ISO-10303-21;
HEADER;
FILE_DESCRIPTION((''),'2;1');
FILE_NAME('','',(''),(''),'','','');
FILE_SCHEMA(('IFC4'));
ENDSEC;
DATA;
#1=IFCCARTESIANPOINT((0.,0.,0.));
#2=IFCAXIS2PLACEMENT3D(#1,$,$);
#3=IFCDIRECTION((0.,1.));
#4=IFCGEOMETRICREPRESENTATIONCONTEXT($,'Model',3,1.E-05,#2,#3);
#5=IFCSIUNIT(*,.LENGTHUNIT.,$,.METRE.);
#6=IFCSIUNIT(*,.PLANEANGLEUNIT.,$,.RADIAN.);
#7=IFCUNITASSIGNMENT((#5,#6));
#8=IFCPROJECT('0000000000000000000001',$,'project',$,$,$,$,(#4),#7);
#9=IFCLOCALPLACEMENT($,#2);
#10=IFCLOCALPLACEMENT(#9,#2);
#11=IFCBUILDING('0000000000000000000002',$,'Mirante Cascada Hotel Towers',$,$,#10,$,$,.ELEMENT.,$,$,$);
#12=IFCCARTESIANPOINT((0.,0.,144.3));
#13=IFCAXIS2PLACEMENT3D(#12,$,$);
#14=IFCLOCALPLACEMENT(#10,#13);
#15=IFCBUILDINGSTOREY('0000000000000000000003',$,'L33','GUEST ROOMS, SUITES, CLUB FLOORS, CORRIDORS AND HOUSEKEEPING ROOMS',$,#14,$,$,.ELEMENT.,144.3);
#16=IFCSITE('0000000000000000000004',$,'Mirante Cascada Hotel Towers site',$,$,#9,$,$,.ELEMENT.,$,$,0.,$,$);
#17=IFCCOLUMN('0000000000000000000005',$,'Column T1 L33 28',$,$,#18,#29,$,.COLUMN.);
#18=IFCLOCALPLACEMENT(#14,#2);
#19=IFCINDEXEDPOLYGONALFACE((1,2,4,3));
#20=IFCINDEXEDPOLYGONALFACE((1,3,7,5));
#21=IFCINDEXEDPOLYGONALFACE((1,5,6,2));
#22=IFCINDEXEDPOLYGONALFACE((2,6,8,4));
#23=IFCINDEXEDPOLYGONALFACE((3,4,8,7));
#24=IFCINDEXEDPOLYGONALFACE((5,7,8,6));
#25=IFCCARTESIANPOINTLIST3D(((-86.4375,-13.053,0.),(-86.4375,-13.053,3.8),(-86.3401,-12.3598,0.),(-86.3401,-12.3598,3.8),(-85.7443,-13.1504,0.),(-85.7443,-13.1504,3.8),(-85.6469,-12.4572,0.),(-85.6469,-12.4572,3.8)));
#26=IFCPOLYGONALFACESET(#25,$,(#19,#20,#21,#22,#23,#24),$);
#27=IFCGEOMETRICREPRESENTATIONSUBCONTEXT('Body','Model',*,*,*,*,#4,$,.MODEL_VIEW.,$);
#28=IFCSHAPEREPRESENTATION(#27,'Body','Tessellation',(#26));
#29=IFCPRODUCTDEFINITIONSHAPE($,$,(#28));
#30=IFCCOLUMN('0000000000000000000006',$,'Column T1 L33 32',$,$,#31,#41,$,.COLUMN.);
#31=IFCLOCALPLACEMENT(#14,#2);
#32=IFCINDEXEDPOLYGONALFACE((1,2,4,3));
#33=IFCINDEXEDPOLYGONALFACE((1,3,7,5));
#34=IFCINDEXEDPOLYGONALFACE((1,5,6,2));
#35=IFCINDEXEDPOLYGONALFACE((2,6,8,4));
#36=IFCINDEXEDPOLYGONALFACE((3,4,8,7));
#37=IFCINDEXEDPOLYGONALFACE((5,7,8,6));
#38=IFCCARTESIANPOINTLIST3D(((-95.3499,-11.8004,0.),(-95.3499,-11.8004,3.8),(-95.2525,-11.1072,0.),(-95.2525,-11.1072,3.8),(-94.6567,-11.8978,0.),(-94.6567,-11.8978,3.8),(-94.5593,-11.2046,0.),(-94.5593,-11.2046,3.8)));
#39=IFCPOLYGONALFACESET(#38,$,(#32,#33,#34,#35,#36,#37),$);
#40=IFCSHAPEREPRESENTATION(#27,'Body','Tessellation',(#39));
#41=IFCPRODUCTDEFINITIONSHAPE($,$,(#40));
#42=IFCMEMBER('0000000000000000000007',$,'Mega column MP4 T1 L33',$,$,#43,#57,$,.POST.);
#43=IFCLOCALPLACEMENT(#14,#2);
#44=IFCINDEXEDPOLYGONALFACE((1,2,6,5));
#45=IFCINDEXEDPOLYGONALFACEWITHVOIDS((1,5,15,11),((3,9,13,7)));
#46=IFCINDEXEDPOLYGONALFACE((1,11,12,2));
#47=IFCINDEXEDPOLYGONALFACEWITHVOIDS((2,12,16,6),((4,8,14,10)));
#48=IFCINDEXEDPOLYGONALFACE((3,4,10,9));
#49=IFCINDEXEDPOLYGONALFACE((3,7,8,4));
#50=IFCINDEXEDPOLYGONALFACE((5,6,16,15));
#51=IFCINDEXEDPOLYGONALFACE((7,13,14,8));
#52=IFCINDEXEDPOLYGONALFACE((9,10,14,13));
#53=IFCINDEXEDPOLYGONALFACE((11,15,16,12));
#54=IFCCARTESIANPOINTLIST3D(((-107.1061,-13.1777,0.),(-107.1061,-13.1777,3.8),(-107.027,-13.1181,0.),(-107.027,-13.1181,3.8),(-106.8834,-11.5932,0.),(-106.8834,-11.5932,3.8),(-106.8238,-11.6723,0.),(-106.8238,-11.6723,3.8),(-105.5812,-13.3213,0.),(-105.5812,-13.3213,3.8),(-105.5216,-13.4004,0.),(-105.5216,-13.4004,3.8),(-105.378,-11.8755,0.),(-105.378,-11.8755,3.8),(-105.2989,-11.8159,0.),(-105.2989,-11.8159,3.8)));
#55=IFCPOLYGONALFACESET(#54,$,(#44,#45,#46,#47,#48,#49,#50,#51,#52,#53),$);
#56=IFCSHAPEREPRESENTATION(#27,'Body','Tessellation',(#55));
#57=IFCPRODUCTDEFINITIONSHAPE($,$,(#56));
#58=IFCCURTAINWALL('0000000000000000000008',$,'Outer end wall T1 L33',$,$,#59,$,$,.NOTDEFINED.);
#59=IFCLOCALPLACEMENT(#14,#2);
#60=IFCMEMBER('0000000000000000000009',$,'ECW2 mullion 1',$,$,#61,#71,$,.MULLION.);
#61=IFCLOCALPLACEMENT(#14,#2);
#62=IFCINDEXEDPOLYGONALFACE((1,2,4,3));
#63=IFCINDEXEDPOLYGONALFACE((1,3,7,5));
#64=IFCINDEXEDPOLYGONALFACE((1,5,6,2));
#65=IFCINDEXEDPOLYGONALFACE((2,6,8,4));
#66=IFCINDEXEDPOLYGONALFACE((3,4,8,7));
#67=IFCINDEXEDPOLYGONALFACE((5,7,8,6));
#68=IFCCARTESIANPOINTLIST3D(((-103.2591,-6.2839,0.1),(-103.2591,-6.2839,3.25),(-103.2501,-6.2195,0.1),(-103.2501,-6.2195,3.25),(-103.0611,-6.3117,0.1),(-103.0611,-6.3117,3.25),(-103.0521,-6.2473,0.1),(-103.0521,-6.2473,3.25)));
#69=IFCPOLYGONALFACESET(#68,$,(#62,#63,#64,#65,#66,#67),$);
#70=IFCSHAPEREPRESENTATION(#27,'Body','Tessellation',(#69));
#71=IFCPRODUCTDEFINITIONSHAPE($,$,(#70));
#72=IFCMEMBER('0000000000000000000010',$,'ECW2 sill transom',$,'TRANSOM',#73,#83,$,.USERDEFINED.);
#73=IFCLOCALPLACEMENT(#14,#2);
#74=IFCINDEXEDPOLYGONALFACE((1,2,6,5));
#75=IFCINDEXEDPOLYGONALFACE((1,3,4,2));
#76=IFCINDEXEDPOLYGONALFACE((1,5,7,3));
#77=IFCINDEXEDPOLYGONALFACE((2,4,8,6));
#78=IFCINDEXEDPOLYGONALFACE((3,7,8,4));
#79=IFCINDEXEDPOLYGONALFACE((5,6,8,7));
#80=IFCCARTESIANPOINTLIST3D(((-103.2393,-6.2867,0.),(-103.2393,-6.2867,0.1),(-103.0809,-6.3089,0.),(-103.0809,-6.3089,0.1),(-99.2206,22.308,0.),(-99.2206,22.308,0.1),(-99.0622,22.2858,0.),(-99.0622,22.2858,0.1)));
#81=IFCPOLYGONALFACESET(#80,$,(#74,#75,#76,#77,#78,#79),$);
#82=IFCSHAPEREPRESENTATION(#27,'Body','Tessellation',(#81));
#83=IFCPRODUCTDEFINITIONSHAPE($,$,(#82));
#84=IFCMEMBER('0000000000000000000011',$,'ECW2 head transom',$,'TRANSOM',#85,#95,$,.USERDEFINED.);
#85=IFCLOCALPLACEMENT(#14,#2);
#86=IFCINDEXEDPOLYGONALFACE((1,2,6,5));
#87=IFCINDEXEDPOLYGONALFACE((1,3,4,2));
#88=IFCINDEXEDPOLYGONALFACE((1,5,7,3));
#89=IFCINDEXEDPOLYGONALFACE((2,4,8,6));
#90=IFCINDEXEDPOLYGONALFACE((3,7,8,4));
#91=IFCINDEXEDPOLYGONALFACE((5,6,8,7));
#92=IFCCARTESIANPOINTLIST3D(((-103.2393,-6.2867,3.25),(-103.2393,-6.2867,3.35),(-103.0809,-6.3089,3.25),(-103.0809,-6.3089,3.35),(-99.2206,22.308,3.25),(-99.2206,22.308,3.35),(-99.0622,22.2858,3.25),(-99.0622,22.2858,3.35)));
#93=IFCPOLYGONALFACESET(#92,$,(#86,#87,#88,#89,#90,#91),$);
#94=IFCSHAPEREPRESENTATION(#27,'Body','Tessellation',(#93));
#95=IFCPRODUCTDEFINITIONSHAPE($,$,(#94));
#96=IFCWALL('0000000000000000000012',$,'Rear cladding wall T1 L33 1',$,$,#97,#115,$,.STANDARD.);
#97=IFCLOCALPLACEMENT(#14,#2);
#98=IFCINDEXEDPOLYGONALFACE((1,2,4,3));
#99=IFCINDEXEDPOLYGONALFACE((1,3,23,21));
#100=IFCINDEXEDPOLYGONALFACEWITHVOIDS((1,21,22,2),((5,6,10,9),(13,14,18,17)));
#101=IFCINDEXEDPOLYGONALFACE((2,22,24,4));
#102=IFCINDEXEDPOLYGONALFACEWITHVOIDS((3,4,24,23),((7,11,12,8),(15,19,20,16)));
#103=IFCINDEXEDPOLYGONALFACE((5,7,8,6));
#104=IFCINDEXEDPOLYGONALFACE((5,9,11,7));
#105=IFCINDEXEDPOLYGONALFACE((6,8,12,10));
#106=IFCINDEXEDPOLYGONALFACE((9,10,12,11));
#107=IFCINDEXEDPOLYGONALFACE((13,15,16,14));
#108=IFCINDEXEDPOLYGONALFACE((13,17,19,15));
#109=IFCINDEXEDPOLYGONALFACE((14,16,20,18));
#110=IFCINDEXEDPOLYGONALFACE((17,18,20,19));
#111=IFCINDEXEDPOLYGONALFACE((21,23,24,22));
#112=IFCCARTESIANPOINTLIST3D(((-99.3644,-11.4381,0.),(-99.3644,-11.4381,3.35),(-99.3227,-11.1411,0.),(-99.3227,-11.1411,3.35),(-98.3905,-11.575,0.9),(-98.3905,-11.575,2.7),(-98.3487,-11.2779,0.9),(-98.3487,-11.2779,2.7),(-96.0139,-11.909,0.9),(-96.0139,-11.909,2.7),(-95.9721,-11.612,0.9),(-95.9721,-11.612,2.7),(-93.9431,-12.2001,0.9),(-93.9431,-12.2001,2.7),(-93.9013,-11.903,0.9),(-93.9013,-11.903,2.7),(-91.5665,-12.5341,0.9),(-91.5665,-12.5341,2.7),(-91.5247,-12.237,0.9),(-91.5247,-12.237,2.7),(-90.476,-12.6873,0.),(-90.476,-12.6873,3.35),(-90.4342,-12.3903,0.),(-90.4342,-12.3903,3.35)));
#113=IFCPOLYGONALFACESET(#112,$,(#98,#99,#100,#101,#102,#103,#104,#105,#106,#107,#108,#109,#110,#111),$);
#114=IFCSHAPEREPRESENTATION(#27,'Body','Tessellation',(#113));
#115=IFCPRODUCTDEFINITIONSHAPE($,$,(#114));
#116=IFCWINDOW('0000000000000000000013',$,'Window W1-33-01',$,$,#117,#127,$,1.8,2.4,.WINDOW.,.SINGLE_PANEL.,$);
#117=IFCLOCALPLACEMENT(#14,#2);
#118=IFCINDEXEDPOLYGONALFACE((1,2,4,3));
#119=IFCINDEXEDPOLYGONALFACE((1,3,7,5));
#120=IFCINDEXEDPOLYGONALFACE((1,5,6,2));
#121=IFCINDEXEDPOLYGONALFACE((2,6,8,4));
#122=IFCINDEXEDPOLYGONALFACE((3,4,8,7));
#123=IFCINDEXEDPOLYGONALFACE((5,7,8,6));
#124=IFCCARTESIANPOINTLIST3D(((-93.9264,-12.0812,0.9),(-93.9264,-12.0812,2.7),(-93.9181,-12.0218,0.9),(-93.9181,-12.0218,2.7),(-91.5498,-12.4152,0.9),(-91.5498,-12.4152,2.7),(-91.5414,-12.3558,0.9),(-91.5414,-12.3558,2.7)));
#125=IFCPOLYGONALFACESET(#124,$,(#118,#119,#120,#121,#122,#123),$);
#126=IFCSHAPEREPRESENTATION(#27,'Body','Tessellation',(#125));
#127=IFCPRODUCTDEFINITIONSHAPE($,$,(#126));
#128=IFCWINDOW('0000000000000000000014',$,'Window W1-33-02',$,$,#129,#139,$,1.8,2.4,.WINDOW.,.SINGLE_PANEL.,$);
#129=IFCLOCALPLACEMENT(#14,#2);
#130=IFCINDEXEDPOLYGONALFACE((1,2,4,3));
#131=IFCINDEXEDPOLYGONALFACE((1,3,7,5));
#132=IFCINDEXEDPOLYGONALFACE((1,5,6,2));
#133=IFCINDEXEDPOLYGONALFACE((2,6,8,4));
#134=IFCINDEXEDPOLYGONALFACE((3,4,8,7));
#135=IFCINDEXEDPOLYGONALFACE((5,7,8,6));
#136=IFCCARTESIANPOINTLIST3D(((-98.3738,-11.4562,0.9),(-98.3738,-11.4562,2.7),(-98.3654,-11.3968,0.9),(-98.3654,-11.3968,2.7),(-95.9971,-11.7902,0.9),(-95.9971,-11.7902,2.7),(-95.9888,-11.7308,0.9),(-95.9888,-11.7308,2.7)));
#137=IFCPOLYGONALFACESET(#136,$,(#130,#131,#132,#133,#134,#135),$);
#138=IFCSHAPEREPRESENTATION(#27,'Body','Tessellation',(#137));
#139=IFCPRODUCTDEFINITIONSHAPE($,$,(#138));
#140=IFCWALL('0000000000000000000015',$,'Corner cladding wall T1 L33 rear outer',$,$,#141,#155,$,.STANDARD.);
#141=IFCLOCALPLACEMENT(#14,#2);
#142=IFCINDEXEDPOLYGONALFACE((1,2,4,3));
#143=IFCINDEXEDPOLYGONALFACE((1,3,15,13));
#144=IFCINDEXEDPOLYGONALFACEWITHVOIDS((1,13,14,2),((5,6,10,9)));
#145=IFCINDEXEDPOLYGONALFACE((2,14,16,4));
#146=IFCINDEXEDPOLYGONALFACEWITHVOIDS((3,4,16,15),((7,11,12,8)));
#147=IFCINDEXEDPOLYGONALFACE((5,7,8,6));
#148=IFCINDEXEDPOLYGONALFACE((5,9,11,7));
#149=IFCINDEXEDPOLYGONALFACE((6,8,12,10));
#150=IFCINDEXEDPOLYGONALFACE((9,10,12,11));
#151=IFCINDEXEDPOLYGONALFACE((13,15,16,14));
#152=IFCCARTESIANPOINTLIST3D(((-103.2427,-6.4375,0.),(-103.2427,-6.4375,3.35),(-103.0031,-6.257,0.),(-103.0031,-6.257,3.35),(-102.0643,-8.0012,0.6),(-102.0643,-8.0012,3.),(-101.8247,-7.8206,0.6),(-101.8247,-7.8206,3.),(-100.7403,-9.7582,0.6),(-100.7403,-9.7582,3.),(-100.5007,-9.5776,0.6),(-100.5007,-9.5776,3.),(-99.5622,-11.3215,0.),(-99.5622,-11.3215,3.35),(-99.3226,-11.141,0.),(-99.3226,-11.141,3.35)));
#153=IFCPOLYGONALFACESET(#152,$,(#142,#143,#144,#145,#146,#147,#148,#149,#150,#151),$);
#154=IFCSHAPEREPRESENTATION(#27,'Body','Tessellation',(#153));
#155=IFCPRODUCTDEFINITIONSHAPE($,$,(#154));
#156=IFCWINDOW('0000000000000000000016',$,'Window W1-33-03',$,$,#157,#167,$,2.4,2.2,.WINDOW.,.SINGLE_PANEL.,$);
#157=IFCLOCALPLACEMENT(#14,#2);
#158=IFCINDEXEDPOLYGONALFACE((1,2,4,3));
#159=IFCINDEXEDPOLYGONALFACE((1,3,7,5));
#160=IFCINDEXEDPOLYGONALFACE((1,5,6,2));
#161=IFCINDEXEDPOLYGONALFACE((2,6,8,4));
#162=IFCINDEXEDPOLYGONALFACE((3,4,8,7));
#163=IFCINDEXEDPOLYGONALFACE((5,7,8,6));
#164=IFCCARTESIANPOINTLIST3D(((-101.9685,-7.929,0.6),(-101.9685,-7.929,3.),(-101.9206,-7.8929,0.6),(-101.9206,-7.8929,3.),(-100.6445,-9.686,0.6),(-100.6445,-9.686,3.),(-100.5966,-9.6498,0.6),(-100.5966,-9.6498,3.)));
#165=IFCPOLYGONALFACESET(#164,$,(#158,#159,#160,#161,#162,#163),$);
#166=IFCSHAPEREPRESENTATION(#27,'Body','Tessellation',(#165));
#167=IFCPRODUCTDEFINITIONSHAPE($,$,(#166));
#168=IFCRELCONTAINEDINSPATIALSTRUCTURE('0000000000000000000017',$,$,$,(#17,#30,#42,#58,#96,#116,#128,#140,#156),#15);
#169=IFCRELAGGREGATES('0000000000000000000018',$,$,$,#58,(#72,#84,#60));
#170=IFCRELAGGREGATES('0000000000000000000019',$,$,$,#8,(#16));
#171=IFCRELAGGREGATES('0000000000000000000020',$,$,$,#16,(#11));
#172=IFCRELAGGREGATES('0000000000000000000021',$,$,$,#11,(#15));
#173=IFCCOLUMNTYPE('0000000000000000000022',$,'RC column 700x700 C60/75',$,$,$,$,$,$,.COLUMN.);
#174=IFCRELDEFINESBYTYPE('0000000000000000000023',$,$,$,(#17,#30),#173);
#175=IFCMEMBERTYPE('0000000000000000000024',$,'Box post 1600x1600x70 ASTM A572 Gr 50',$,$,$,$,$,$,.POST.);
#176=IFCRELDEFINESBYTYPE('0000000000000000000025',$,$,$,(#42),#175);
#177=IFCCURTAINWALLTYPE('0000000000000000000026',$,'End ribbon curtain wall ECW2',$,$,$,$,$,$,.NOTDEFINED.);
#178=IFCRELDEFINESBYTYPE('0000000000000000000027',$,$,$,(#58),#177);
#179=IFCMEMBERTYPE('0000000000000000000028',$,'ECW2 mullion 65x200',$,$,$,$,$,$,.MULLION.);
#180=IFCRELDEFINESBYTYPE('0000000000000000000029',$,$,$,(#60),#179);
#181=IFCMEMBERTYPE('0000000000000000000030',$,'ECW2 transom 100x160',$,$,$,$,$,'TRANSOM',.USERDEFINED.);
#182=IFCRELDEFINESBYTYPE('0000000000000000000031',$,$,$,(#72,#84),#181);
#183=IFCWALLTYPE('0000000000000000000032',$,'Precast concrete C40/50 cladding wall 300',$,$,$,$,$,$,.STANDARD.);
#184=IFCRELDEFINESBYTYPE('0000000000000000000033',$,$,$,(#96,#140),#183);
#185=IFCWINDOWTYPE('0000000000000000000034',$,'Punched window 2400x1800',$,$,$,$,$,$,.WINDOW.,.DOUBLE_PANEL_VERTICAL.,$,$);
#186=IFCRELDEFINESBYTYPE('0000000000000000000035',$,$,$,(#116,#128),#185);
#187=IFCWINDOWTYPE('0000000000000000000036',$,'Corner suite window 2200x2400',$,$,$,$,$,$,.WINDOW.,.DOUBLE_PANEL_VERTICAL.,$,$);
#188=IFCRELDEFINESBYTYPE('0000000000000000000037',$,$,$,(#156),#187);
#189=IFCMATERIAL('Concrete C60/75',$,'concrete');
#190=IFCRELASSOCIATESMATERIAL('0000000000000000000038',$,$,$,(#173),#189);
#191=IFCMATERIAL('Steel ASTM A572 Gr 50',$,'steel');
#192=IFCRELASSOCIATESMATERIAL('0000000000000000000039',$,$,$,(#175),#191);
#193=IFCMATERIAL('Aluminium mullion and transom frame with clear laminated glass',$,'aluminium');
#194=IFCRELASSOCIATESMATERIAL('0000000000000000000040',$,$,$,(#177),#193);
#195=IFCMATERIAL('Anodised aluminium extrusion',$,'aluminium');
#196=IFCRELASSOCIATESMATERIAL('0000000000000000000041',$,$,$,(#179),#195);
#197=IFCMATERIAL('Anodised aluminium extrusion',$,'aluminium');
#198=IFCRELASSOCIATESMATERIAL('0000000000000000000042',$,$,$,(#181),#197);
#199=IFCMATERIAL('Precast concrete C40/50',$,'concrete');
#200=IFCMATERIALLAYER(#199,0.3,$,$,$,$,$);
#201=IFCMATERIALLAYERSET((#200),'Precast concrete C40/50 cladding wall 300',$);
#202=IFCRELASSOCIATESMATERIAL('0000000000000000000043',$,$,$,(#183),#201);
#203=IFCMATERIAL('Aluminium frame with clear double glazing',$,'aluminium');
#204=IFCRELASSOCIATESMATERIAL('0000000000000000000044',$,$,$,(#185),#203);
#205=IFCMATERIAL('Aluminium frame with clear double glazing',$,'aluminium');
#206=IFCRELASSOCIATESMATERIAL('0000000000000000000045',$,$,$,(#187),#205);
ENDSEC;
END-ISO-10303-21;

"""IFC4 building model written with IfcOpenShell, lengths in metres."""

from ifc_helpers import new_model, si_unit, direction, frame, frame_2d, origin, origin_2d, place, context, subcontext, project, spatial, rectangle, hollow_rectangle, extrude, material, layer, layer_set, material_profile, profile_set, type_object, element, fill, aggregate, save


model = new_model("IFC4")

# Units and contexts
model_context = context("Model", 3, precision=1e-05, world=origin(), true_north=direction((0.0, 1.0)))
body_context = subcontext(model_context, "Body", "Model", "MODEL_VIEW")
ifc_project = project(units=[si_unit("LENGTHUNIT", "METRE"), si_unit("PLANEANGLEUNIT", "RADIAN")], contexts=[model_context])

# Site, building, storey
site_placement = place(None, origin())
site = spatial("IfcSite", under=ifc_project, at=site_placement, Name="Mirante Cascada Hotel Towers site", CompositionType="ELEMENT", RefElevation=0.0)
building_placement = place(site_placement, origin())
building = spatial("IfcBuilding", under=site, at=building_placement, Name="Mirante Cascada Hotel Towers", CompositionType="ELEMENT")
storey_placement = place(building_placement, frame((0.0, 0.0, 144.3)))
storey = spatial("IfcBuildingStorey", under=building, at=storey_placement, Name="L33", Description="GUEST ROOMS, SUITES, CLUB FLOORS, CORRIDORS AND HOUSEKEEPING ROOMS", CompositionType="ELEMENT", Elevation=144.3)

# Columns
ifc_material_1 = material(Name="Concrete C60/75", Category="concrete")
ifc_material_profile_1 = material_profile(ifc_material_1, rectangle(XDim=0.7, YDim=0.7, at=origin_2d()), Name="RC column 700x700 C60/75")
ifc_profile_set_1 = profile_set([ifc_material_profile_1], Name="Concrete C60/75")
column_type = type_object("IfcColumnType", Name="RC column 700x700 C60/75", PredefinedType="COLUMN", material=ifc_profile_set_1)
for number, where, z_axis, x_axis, name in (
    (1, (-86.0422, -12.7551, 0.0), (0.0, 0.0, 1.0), (-0.990268, 0.139173, 0.0), "Column T1 L33 28"),
    (2, (-94.9546, -11.5025, 0.0), (0.0, 0.0, 1.0), (-0.990268, 0.139173, 0.0), "Column T1 L33 32"),
):
    element("IfcColumn", number, at=place(storey_placement, frame(where, z_axis=z_axis, x_axis=x_axis)), inside=storey, type_object=column_type, Name=name, PredefinedType="COLUMN", context=body_context, shape_type="SweptSolid", body=[
        extrude(rectangle(XDim=0.7, YDim=0.7, at=origin_2d()), origin(), (0.0, 0.0, 1.0), 3.8),
    ])

# Member
ifc_material_2 = material(Name="Steel ASTM A572 Gr 50", Category="steel")
ifc_material_profile_2 = material_profile(ifc_material_2, hollow_rectangle(XDim=1.6, YDim=1.6, WallThickness=0.07, at=origin_2d()), Name="Box post 1600x1600x70 ASTM A572 Gr 50")
ifc_profile_set_2 = profile_set([ifc_material_profile_2], Name="Steel ASTM A572 Gr 50")
member_type_1 = type_object("IfcMemberType", Name="Box post 1600x1600x70 ASTM A572 Gr 50", PredefinedType="POST", material=ifc_profile_set_2)
member_1_placement = place(storey_placement, frame((-106.2025, -12.4968, 0.0), z_axis=(0.0, 0.0, 1.0), x_axis=(-0.990268, 0.139173, 0.0)))
element("IfcMember", 3, at=member_1_placement, inside=storey, type_object=member_type_1, Name="Mega column MP4 T1 L33", PredefinedType="POST", context=body_context, shape_type="SweptSolid", body=[
    extrude(hollow_rectangle(XDim=1.6, YDim=1.6, WallThickness=0.07, at=origin_2d()), origin(), (0.0, 0.0, 1.0), 3.8),
])

# Curtain wall, members
ifc_material_3 = material(Name="Aluminium mullion and transom frame with clear laminated glass", Category="aluminium")
curtain_wall_type = type_object("IfcCurtainWallType", Name="End ribbon curtain wall ECW2", PredefinedType="NOTDEFINED", material=ifc_material_3)
curtain_wall_placement = place(storey_placement, origin())
curtain_wall = element("IfcCurtainWall", 4, at=curtain_wall_placement, inside=storey, type_object=curtain_wall_type, Name="Outer end wall T1 L33", PredefinedType="NOTDEFINED")
ifc_material_4 = material(Name="Anodised aluminium extrusion", Category="aluminium")
ifc_material_profile_3 = material_profile(ifc_material_4, rectangle(XDim=0.2, YDim=0.065, at=origin_2d()), Name="ECW2 MULLION 65x200")
ifc_profile_set_3 = profile_set([ifc_material_profile_3], Name="Anodised aluminium extrusion")
member_type_2 = type_object("IfcMemberType", Name="ECW2 mullion 65x200", PredefinedType="MULLION", material=ifc_profile_set_3)
member_2_placement = place(storey_placement, frame((-103.1556, -6.2656, 0.1), z_axis=(0.0, 0.0, 1.0), x_axis=(-0.990268, 0.139173, 0.0)))
member_2 = element("IfcMember", 5, at=member_2_placement, type_object=member_type_2, Name="ECW2 mullion 1", PredefinedType="MULLION", context=body_context, shape_type="SweptSolid", body=[
    extrude(rectangle(XDim=0.2, YDim=0.065, at=origin_2d()), origin(), (0.0, 0.0, 1.0), 3.15),
])
ifc_material_5 = material(Name="Anodised aluminium extrusion", Category="aluminium")
ifc_material_profile_4 = material_profile(ifc_material_5, rectangle(XDim=0.16, YDim=0.1, at=origin_2d()), Name="ECW2 TRANSOM 100x160")
ifc_profile_set_4 = profile_set([ifc_material_profile_4], Name="Anodised aluminium extrusion")
member_type_3 = type_object("IfcMemberType", Name="ECW2 transom 100x160", ElementType="TRANSOM", PredefinedType="USERDEFINED", material=ifc_profile_set_4)
member_3_placement = place(storey_placement, frame((-103.1601, -6.2978, 0.05), z_axis=(0.139172, 0.990268, 0.0), x_axis=(-0.990268, 0.139172, 0.0)))
member_3 = element("IfcMember", 6, at=member_3_placement, type_object=member_type_3, Name="ECW2 sill transom", ObjectType="TRANSOM", PredefinedType="USERDEFINED", context=body_context, shape_type="SweptSolid", body=[
    extrude(rectangle(XDim=0.16, YDim=0.1, at=origin_2d()), origin(), (0.0, 0.0, 1.0), 28.8757),
])
member_4_placement = place(storey_placement, frame((-103.1601, -6.2978, 3.3), z_axis=(0.139172, 0.990268, 0.0), x_axis=(-0.990268, 0.139172, 0.0)))
member_4 = element("IfcMember", 7, at=member_4_placement, type_object=member_type_3, Name="ECW2 head transom", ObjectType="TRANSOM", PredefinedType="USERDEFINED", context=body_context, shape_type="SweptSolid", body=[
    extrude(rectangle(XDim=0.16, YDim=0.1, at=origin_2d()), origin(), (0.0, 0.0, 1.0), 28.8757),
])
aggregate(curtain_wall, [member_3, member_4, member_2])

# Wall, openings, windows
ifc_material_6 = material(Name="Precast concrete C40/50", Category="concrete")
ifc_layer_1 = layer(ifc_material_6, 0.3)
ifc_layer_set_1 = layer_set([ifc_layer_1], Name="Precast concrete C40/50 cladding wall 300")
wall_type_1 = type_object("IfcWallType", Name="Precast concrete C40/50 cladding wall 300", PredefinedType="STANDARD", material=ifc_layer_set_1)
wall_1_placement = place(storey_placement, frame((-90.4551, -12.5388, 0.0), z_axis=(0.0, 0.0, 1.0), x_axis=(-0.990268, 0.139175, 0.0)))
wall_1 = element("IfcWall", 8, at=wall_1_placement, inside=storey, type_object=wall_type_1, Name="Rear cladding wall T1 L33 1", PredefinedType="STANDARD", context=body_context, shape_type="SweptSolid", body=[
    extrude(rectangle(XDim=8.9758, YDim=0.3, at=frame_2d((4.4879, 0.0))), origin(), (0.0, 0.0, 1.0), 3.35),
])
opening_1_placement = place(wall_1_placement, frame((1.1012, 0.0, 0.9)))
opening_1 = element("IfcOpeningElement", 9, at=opening_1_placement, cuts=wall_1, PredefinedType="OPENING", context=body_context, shape_type="SweptSolid", body=[
    extrude(rectangle(XDim=2.4, YDim=1.8, at=frame_2d((1.2, 0.9))), frame((0.0, 0.15, 0.0), z_axis=(0.0, -1.0, 0.0), x_axis=(1.0, 0.0, 0.0)), (0.0, 0.0, 1.0), 0.3),
])
opening_2_placement = place(wall_1_placement, frame((5.5923, 0.0, 0.9)))
opening_2 = element("IfcOpeningElement", 10, at=opening_2_placement, cuts=wall_1, PredefinedType="OPENING", context=body_context, shape_type="SweptSolid", body=[
    extrude(rectangle(XDim=2.4, YDim=1.8, at=frame_2d((1.2, 0.9))), frame((0.0, 0.15, 0.0), z_axis=(0.0, -1.0, 0.0), x_axis=(1.0, 0.0, 0.0)), (0.0, 0.0, 1.0), 0.3),
])
ifc_material_7 = material(Name="Aluminium frame with clear double glazing", Category="aluminium")
window_type_1 = type_object("IfcWindowType", Name="Punched window 2400x1800", PartitioningType="DOUBLE_PANEL_VERTICAL", PredefinedType="WINDOW", material=ifc_material_7)
window_1_placement = place(opening_1_placement, origin())
window_1 = element("IfcWindow", 11, at=window_1_placement, inside=storey, type_object=window_type_1, Name="Window W1-33-01", OverallHeight=1.8, OverallWidth=2.4, PartitioningType="SINGLE_PANEL", PredefinedType="WINDOW", context=body_context, shape_type="SweptSolid", body=[
    extrude(rectangle(XDim=2.4, YDim=1.8, at=frame_2d((1.2, 0.9))), frame((0.0, 0.03, 0.0), z_axis=(0.0, -1.0, 0.0), x_axis=(1.0, 0.0, 0.0)), (0.0, 0.0, 1.0), 0.06),
])
fill(opening_1, window_1)
window_2_placement = place(opening_2_placement, origin())
window_2 = element("IfcWindow", 12, at=window_2_placement, inside=storey, type_object=window_type_1, Name="Window W1-33-02", OverallHeight=1.8, OverallWidth=2.4, PartitioningType="SINGLE_PANEL", PredefinedType="WINDOW", context=body_context, shape_type="SweptSolid", body=[
    extrude(rectangle(XDim=2.4, YDim=1.8, at=frame_2d((1.2, 0.9))), frame((0.0, 0.03, 0.0), z_axis=(0.0, -1.0, 0.0), x_axis=(1.0, 0.0, 0.0)), (0.0, 0.0, 1.0), 0.06),
])
fill(opening_2, window_2)

# Wall, opening, window
wall_2_placement = place(storey_placement, frame((-99.4424, -11.2313, 0.0), z_axis=(0.0, 0.0, 1.0), x_axis=(-0.601819, 0.798632, 0.0)))
wall_2 = element("IfcWall", 13, at=wall_2_placement, inside=storey, type_object=wall_type_1, Name="Corner cladding wall T1 L33 rear outer", PredefinedType="STANDARD", context=body_context, shape_type="SweptSolid", body=[
    extrude(rectangle(XDim=6.1155, YDim=0.3, at=frame_2d((3.0578, 0.0))), origin(), (0.0, 0.0, 1.0), 3.35),
])
opening_3_placement = place(wall_2_placement, frame((1.9576, 0.0, 0.6)))
opening_3 = element("IfcOpeningElement", 14, at=opening_3_placement, cuts=wall_2, PredefinedType="OPENING", context=body_context, shape_type="SweptSolid", body=[
    extrude(rectangle(XDim=2.2, YDim=2.4, at=frame_2d((1.1, 1.2))), frame((0.0, 0.15, 0.0), z_axis=(0.0, -1.0, 0.0), x_axis=(1.0, 0.0, 0.0)), (0.0, 0.0, 1.0), 0.3),
])
ifc_material_8 = material(Name="Aluminium frame with clear double glazing", Category="aluminium")
window_type_2 = type_object("IfcWindowType", Name="Corner suite window 2200x2400", PartitioningType="DOUBLE_PANEL_VERTICAL", PredefinedType="WINDOW", material=ifc_material_8)
window_3_placement = place(opening_3_placement, origin())
window_3 = element("IfcWindow", 15, at=window_3_placement, inside=storey, type_object=window_type_2, Name="Window W1-33-03", OverallHeight=2.4, OverallWidth=2.2, PartitioningType="SINGLE_PANEL", PredefinedType="WINDOW", context=body_context, shape_type="SweptSolid", body=[
    extrude(rectangle(XDim=2.2, YDim=2.4, at=frame_2d((1.1, 1.2))), frame((0.0, 0.03, 0.0), z_axis=(0.0, -1.0, 0.0), x_axis=(1.0, 0.0, 0.0)), (0.0, 0.0, 1.0), 0.06),
])
fill(opening_3, window_3)

save(model, "model.ifc")
